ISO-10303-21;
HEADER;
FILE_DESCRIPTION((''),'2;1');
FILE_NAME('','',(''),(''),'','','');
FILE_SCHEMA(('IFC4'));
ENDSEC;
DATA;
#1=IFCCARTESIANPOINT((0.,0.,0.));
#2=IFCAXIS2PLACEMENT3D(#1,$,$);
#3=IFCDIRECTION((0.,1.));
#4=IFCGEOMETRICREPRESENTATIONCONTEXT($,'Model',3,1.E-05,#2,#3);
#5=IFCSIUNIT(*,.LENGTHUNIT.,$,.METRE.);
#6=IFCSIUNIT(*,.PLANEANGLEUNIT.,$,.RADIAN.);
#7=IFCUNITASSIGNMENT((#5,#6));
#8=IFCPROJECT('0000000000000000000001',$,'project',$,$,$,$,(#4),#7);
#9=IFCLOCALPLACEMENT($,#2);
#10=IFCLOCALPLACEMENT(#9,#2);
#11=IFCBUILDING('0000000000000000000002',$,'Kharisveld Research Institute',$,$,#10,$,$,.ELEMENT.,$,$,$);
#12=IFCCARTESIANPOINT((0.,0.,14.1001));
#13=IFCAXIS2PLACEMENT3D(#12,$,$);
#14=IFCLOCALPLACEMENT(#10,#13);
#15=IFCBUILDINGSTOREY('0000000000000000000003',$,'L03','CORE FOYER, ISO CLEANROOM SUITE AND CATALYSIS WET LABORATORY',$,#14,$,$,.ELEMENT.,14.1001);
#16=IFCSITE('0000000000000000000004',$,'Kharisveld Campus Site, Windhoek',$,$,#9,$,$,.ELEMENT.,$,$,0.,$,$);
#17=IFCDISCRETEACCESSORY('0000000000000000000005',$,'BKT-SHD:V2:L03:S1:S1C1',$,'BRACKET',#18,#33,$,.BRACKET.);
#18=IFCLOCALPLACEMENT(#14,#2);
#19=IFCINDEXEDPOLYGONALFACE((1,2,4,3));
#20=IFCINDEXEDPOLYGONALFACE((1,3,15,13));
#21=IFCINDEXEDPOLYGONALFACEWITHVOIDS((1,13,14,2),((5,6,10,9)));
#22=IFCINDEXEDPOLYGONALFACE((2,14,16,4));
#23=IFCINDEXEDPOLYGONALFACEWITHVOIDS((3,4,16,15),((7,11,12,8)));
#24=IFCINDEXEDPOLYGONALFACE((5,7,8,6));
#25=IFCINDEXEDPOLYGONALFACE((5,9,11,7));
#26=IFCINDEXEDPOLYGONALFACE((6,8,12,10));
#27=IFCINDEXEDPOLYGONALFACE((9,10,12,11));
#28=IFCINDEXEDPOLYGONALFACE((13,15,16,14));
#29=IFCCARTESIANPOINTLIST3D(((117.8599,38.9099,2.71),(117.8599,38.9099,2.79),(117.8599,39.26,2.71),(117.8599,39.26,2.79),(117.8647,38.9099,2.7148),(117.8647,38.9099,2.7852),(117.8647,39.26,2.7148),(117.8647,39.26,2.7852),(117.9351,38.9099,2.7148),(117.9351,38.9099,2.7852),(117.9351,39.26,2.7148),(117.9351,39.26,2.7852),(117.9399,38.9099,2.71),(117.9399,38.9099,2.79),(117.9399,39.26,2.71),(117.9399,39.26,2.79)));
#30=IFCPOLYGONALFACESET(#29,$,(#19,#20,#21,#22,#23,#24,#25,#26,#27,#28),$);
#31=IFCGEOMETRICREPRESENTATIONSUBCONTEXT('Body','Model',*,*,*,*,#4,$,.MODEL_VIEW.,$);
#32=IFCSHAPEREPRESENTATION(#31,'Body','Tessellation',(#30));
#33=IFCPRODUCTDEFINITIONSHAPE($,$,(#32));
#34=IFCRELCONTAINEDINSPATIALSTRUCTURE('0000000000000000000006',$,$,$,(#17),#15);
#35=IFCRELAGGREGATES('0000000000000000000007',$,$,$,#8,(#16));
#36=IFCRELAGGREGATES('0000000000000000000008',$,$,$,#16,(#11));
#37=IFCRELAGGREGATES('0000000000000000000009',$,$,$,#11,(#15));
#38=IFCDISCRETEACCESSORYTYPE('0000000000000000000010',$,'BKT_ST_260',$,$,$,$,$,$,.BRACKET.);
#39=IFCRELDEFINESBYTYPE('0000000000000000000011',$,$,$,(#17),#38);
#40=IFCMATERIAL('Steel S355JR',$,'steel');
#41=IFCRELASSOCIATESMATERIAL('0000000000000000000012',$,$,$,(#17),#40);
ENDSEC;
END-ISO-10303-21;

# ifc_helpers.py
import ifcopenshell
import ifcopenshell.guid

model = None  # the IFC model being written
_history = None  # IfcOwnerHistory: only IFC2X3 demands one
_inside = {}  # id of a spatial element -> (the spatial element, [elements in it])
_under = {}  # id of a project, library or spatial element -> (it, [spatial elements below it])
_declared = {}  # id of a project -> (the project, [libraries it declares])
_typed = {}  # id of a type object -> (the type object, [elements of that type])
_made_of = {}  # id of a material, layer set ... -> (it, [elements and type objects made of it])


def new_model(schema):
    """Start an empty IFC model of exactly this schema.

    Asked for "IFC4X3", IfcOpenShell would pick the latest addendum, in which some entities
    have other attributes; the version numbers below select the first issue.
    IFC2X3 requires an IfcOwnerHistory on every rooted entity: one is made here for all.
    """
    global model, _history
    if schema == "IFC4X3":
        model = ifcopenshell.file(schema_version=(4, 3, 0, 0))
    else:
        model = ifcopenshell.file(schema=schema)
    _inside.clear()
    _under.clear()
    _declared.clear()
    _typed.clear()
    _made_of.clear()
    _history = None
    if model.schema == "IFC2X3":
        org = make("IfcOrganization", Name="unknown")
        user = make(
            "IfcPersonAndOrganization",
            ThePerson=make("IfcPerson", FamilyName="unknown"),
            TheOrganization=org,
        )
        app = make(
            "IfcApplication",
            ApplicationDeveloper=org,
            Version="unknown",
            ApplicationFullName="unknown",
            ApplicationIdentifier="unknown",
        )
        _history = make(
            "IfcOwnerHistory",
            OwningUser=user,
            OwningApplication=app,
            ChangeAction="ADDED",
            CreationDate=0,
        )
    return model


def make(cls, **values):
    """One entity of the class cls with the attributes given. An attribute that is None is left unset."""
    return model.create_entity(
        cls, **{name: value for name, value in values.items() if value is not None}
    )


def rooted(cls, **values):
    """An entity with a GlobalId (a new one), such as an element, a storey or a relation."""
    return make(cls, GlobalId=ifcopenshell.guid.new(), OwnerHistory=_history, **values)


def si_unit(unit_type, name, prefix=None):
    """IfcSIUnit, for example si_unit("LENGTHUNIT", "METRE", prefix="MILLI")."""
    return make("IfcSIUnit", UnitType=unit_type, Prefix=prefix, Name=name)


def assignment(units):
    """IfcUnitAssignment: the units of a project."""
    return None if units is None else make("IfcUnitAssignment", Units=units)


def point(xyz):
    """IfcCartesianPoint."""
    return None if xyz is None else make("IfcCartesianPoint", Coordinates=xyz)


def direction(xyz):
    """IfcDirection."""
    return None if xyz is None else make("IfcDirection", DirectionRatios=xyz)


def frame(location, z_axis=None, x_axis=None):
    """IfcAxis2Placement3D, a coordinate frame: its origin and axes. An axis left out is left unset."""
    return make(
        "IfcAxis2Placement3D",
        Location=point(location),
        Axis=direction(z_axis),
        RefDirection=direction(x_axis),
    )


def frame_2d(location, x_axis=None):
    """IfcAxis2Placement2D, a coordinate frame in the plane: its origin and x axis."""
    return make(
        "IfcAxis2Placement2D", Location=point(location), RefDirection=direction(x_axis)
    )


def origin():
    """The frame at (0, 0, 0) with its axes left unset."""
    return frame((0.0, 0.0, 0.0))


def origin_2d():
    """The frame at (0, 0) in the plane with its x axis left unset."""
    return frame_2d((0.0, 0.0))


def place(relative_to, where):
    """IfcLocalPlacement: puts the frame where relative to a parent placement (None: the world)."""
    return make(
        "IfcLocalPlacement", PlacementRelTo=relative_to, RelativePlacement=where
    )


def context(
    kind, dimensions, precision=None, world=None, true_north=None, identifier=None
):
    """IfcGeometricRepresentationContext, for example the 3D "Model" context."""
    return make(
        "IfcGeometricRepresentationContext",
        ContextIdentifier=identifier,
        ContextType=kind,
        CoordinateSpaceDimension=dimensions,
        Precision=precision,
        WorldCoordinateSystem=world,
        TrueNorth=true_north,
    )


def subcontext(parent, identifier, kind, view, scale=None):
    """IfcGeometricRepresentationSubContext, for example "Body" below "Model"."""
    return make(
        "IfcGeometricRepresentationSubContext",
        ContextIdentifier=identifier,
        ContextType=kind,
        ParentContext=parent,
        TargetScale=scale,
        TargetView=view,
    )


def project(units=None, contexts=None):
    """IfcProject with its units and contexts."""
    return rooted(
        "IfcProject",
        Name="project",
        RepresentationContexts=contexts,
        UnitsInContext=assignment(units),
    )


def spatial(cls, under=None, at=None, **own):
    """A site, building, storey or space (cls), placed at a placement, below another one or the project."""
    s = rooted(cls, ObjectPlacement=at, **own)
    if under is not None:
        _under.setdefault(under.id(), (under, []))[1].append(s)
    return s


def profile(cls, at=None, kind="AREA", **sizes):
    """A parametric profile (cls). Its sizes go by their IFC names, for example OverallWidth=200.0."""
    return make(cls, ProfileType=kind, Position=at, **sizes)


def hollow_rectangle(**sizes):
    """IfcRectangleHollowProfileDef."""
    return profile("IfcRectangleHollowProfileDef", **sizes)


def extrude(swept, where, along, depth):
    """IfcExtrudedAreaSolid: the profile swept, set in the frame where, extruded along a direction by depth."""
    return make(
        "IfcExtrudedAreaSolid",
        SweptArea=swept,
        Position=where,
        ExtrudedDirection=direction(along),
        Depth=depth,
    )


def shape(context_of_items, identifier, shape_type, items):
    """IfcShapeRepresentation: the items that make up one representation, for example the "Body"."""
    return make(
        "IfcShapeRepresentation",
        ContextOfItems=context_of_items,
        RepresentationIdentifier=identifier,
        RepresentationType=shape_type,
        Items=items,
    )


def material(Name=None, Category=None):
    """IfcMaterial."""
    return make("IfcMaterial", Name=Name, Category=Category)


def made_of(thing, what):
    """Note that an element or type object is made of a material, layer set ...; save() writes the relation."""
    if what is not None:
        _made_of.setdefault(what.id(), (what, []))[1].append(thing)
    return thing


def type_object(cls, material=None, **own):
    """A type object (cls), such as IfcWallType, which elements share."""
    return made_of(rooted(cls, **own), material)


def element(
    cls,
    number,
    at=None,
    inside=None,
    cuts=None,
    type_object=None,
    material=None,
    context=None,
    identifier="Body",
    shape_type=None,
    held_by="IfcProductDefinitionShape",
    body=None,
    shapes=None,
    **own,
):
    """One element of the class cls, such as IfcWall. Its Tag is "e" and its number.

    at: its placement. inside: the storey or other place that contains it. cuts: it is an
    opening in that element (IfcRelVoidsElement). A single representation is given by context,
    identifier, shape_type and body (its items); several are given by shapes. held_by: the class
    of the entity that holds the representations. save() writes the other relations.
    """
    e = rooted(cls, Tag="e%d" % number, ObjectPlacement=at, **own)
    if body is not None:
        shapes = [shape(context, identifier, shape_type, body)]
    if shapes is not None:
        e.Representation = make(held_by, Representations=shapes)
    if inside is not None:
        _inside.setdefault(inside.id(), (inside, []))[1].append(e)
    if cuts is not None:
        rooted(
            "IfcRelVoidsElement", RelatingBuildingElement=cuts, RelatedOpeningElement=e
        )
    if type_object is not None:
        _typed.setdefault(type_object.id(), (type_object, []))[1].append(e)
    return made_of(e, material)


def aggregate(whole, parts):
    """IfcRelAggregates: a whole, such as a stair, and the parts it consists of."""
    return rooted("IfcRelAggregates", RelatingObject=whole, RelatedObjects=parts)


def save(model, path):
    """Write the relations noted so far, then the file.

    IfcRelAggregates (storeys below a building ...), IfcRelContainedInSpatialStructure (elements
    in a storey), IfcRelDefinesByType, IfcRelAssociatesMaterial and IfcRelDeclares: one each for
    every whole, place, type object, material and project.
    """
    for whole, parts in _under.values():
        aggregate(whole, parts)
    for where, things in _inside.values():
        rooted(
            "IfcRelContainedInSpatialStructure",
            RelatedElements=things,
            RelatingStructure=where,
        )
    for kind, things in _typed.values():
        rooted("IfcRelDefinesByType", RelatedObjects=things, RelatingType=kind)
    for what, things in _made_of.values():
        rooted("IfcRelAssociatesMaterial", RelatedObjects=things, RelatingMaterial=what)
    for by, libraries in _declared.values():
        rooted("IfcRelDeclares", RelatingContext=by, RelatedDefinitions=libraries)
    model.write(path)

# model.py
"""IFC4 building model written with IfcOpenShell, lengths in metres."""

from ifc_helpers import new_model, si_unit, direction, frame, origin, origin_2d, place, context, subcontext, project, spatial, hollow_rectangle, extrude, material, type_object, element, save


model = new_model("IFC4")

# Units and contexts
model_context = context("Model", 3, precision=1e-05, world=origin(), true_north=direction((0.0, 1.0)))
body_context = subcontext(model_context, "Body", "Model", "MODEL_VIEW")
ifc_project = project(units=[si_unit("LENGTHUNIT", "METRE"), si_unit("PLANEANGLEUNIT", "RADIAN")], contexts=[model_context])

# Site, building, storey
site_placement = place(None, origin())
site = spatial("IfcSite", under=ifc_project, at=site_placement, Name="Kharisveld Campus Site, Windhoek", CompositionType="ELEMENT", RefElevation=0.0)
building_placement = place(site_placement, origin())
building = spatial("IfcBuilding", under=site, at=building_placement, Name="Kharisveld Research Institute", CompositionType="ELEMENT")
storey_placement = place(building_placement, frame((0.0, 0.0, 14.1001)))
storey = spatial("IfcBuildingStorey", under=building, at=storey_placement, Name="L03", Description="CORE FOYER, ISO CLEANROOM SUITE AND CATALYSIS WET LABORATORY", CompositionType="ELEMENT", Elevation=14.1001)

# Discrete accessory
ifc_material_1 = material(Name="Steel S355JR", Category="steel")
discrete_accessory_type = type_object("IfcDiscreteAccessoryType", Name="BKT_ST_260", PredefinedType="BRACKET")
for number, where, z_axis, x_axis, name in (
    (1, (117.8999, 39.26, 2.75), (0.0, -1.0, 0.0), (1.0, 0.0, 0.0), "BKT-SHD:V2:L03:S1:S1C1"),
):
    element("IfcDiscreteAccessory", number, at=place(storey_placement, frame(where, z_axis=z_axis, x_axis=x_axis)), inside=storey, type_object=discrete_accessory_type, material=ifc_material_1, Name=name, ObjectType="BRACKET", PredefinedType="BRACKET", context=body_context, shape_type="SweptSolid", body=[
        extrude(hollow_rectangle(XDim=0.0801, YDim=0.0801, WallThickness=0.0049, at=origin_2d()), origin(), (0.0, 0.0, 1.0), 0.3501),
    ])

save(model, "model.ifc")
